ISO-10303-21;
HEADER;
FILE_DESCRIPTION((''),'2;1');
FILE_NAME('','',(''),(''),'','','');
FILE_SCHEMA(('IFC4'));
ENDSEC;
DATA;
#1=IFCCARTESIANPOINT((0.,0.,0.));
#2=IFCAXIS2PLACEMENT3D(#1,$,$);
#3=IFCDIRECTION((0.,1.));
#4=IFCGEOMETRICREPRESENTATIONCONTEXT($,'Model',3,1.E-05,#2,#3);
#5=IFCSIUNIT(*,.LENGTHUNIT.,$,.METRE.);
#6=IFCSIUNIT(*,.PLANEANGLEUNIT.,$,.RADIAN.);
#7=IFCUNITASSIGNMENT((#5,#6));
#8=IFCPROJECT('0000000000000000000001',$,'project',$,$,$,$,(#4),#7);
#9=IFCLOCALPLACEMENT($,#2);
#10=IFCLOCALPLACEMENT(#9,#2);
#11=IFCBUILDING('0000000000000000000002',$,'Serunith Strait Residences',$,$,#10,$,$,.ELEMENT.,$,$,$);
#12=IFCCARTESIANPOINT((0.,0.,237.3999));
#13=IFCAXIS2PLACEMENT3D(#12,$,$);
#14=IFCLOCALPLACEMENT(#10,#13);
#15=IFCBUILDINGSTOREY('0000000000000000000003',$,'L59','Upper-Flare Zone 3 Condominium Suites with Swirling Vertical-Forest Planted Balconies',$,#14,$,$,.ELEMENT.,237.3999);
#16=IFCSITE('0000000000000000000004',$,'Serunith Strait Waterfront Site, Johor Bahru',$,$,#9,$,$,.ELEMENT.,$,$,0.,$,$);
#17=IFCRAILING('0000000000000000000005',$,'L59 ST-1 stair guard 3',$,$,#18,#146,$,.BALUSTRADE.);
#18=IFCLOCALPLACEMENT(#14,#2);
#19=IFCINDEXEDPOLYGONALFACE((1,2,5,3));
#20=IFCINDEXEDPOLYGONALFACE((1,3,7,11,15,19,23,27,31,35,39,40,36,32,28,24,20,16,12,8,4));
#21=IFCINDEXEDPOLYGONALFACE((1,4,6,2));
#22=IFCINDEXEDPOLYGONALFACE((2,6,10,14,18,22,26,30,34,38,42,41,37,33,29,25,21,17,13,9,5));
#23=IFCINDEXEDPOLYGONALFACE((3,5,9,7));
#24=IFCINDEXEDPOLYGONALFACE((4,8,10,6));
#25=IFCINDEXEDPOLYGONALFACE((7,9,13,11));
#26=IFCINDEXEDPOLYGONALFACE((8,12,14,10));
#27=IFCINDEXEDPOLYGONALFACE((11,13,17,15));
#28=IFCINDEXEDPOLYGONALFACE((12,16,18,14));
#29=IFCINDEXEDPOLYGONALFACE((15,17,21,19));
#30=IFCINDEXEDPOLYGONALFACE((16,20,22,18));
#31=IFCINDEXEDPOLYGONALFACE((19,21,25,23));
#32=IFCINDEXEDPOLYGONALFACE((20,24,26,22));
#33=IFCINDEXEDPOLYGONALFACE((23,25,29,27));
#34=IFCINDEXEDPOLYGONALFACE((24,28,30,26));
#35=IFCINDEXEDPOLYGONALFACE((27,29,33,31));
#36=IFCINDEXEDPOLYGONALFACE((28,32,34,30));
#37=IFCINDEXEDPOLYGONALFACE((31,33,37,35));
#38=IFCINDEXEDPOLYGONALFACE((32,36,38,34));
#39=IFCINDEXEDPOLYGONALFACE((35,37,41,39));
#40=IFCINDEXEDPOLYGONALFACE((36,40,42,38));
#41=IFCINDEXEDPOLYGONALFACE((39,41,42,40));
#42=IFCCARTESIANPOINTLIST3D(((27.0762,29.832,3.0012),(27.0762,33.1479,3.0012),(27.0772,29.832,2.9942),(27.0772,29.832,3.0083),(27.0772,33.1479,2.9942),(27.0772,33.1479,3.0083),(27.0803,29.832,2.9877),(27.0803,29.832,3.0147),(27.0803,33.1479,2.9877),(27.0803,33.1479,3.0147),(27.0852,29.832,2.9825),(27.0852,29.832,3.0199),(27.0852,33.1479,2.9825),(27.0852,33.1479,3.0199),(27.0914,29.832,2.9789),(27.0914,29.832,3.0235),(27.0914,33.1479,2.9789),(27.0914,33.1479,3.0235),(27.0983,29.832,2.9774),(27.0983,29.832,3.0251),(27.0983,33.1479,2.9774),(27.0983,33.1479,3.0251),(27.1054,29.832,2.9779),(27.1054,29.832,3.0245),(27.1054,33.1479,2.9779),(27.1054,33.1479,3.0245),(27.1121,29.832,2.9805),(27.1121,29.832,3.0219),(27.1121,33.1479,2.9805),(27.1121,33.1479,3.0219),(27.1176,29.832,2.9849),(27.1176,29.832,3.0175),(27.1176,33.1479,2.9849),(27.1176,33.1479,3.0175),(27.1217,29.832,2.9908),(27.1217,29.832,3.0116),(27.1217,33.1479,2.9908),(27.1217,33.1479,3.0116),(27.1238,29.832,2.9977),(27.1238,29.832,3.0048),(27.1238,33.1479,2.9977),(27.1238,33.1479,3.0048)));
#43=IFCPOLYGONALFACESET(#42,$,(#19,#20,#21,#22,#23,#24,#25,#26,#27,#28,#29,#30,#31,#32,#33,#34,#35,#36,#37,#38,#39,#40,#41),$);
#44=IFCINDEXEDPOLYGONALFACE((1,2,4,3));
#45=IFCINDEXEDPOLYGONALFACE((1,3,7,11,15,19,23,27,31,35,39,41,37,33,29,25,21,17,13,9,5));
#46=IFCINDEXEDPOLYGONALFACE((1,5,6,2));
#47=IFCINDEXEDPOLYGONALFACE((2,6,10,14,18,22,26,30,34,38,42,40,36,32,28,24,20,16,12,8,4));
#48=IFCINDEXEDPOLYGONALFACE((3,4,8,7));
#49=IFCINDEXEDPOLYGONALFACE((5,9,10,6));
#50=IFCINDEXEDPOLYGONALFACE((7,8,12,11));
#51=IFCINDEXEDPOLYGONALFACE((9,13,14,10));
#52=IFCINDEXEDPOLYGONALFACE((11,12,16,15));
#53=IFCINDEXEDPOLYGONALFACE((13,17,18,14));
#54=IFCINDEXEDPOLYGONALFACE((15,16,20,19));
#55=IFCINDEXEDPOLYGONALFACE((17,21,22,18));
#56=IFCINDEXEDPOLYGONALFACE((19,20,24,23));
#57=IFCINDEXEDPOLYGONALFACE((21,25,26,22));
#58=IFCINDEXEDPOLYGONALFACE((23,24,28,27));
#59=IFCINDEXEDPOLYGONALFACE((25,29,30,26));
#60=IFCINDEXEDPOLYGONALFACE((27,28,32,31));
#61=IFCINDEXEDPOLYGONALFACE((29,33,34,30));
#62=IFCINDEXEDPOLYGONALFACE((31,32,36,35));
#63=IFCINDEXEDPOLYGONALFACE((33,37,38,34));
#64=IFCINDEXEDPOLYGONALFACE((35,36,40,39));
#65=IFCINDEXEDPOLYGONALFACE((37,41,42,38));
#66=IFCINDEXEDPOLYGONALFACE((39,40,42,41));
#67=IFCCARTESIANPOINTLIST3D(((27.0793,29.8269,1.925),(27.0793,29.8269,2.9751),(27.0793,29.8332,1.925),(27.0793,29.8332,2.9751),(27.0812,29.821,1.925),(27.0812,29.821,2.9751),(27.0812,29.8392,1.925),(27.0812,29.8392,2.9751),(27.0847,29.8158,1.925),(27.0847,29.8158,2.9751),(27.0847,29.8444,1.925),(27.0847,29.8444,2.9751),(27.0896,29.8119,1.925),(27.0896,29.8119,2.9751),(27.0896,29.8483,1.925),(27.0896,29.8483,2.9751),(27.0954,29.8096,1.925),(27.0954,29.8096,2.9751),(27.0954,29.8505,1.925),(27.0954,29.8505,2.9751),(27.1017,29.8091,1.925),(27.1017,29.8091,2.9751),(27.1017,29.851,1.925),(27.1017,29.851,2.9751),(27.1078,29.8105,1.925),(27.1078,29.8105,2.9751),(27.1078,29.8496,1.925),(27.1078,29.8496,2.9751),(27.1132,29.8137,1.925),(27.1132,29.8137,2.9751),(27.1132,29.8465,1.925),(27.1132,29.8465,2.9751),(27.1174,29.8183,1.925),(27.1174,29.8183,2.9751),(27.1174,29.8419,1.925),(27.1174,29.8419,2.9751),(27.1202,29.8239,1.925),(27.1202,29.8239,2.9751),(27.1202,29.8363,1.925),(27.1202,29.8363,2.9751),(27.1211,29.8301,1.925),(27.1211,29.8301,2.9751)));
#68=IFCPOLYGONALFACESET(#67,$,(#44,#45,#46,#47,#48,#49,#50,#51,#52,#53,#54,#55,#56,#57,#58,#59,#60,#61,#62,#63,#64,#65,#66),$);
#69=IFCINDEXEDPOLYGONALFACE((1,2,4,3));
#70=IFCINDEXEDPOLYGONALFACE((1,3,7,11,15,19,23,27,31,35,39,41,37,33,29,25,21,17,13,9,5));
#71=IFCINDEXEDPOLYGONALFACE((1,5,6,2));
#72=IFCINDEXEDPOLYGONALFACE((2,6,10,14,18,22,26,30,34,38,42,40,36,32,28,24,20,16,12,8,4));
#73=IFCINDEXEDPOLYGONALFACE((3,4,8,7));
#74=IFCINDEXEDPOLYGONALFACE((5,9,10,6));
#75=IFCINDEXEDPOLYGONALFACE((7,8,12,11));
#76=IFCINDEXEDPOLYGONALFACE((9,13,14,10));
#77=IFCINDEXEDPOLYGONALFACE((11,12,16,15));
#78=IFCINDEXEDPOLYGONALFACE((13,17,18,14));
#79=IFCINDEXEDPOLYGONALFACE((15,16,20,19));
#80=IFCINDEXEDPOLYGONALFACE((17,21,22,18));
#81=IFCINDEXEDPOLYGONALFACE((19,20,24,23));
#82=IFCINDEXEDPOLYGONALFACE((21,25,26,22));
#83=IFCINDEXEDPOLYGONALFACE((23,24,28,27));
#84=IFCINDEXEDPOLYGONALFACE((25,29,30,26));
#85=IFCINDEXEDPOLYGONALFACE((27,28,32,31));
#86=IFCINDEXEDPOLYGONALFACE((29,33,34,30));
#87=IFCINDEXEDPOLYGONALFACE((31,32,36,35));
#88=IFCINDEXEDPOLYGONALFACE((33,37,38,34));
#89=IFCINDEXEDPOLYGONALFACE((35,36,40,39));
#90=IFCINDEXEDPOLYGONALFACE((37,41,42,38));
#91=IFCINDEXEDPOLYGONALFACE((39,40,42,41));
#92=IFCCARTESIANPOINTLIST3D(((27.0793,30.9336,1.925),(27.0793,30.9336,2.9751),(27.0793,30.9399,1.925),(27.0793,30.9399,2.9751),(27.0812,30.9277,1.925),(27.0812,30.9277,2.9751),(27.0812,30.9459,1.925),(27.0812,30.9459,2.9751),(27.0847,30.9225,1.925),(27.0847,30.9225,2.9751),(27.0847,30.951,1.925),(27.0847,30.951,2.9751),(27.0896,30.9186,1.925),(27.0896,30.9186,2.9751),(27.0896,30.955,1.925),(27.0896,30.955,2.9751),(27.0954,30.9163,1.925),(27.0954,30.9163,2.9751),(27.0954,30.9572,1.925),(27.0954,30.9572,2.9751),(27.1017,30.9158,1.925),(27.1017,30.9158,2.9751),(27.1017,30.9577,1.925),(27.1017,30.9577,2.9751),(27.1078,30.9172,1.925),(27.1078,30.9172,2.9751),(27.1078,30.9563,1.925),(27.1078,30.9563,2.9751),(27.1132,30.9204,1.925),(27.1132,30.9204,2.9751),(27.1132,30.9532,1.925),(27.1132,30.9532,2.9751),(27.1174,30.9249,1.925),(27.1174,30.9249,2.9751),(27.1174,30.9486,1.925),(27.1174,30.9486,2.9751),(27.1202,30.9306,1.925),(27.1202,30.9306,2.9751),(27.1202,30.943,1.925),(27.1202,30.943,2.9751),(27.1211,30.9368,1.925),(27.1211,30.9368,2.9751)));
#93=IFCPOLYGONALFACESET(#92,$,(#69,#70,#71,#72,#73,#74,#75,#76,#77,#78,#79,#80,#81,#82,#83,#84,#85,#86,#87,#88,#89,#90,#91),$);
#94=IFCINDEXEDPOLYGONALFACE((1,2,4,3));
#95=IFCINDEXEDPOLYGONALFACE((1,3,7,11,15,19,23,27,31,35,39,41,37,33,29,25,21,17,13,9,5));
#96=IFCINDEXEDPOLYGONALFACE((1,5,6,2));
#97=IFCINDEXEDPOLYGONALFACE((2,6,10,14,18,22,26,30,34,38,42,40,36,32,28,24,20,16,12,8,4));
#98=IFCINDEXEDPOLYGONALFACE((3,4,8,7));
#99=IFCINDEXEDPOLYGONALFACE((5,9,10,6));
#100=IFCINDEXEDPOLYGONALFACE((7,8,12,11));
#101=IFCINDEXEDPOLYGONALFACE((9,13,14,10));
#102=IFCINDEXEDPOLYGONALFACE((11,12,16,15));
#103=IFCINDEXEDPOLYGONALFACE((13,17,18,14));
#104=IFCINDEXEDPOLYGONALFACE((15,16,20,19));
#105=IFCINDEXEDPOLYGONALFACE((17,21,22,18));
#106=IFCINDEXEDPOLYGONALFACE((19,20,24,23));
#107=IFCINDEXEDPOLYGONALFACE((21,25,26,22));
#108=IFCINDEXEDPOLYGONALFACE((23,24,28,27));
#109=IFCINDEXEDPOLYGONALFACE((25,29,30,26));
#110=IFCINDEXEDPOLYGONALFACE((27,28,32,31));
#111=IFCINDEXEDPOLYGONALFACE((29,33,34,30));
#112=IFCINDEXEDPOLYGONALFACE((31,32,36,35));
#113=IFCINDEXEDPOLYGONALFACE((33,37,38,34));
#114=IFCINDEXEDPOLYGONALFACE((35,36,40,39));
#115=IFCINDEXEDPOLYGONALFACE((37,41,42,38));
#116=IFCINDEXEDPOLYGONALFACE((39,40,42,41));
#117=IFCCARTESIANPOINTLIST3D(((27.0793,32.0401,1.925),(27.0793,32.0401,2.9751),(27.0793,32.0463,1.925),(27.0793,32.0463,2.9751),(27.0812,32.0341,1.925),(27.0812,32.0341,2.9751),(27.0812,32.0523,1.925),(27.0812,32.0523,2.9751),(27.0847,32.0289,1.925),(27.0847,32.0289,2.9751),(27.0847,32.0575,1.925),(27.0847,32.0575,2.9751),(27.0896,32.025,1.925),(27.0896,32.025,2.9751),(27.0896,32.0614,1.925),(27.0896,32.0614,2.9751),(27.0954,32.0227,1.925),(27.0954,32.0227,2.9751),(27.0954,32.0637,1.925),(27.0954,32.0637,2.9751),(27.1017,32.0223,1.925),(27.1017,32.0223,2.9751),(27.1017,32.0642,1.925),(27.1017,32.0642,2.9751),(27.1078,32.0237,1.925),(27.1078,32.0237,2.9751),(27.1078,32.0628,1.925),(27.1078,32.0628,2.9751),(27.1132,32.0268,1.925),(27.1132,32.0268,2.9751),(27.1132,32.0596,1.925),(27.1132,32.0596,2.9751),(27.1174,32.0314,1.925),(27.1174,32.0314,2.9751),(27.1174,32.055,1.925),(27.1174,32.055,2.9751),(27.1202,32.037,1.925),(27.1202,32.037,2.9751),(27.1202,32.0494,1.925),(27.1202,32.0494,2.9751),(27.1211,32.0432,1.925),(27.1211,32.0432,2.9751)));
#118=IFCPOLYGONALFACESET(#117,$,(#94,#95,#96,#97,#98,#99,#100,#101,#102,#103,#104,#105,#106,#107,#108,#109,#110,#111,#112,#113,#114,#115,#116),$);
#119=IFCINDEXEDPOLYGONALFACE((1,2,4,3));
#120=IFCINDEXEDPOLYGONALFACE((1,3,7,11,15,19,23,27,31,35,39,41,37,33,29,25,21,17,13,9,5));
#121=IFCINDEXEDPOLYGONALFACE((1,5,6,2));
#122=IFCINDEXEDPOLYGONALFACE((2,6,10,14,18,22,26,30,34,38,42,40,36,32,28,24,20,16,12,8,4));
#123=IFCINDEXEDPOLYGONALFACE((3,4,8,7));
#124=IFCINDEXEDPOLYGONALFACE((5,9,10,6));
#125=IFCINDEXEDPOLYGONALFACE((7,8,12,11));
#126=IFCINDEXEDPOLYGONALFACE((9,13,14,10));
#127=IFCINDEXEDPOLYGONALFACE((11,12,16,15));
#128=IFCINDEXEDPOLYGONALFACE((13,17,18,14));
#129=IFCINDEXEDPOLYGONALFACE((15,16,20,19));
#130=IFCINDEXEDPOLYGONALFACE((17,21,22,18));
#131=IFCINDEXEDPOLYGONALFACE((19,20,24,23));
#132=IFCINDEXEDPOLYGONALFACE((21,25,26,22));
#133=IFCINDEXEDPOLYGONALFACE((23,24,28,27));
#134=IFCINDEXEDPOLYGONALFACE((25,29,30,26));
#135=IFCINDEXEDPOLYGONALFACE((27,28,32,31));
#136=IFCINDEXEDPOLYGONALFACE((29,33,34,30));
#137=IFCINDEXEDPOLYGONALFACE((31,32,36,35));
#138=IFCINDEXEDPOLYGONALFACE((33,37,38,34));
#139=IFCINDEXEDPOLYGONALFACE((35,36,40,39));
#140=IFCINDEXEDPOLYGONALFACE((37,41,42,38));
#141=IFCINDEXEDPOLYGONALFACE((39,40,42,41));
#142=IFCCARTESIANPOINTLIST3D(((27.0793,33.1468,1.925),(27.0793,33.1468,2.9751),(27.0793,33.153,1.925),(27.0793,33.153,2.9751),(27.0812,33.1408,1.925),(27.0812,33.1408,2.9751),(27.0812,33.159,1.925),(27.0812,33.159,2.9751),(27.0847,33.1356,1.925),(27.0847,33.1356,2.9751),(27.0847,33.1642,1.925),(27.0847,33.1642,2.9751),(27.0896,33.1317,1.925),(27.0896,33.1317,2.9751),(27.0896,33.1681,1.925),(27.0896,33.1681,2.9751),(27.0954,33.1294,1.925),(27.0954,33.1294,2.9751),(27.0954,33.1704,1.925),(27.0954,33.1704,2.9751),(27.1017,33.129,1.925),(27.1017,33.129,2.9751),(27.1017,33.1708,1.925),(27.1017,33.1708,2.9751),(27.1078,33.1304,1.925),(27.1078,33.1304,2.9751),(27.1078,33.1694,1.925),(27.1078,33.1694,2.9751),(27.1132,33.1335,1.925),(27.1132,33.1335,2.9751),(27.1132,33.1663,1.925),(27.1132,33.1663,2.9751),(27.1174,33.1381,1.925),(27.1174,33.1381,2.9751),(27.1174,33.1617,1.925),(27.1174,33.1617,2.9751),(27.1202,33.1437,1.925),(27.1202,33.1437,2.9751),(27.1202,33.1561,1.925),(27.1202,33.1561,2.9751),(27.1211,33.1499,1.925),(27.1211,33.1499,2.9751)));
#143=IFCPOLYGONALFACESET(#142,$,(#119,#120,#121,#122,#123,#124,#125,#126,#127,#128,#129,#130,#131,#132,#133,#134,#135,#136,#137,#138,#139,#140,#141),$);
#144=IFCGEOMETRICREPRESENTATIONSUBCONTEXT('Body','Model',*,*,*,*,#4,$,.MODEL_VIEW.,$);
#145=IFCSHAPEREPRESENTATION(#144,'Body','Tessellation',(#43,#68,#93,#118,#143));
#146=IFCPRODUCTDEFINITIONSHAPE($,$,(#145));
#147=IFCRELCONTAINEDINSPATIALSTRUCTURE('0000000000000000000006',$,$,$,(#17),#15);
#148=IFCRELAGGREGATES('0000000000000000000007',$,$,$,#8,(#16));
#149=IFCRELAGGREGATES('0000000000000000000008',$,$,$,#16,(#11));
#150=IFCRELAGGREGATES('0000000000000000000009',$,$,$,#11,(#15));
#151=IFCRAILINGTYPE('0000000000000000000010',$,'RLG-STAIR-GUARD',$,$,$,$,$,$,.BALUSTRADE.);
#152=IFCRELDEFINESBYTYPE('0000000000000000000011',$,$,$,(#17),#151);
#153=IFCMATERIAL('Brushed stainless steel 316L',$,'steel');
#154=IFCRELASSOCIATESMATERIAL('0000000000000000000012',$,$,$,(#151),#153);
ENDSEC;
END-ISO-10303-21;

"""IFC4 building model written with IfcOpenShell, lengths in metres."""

from ifc_helpers import new_model, si_unit, direction, frame, origin, origin_2d, place, context, subcontext, project, spatial, circle, extrude, material, type_object, element, save


model = new_model("IFC4")

# Units and contexts
model_context = context("Model", 3, precision=1e-05, world=origin(), true_north=direction((0.0, 1.0)))
body_context = subcontext(model_context, "Body", "Model", "MODEL_VIEW")
ifc_project = project(units=[si_unit("LENGTHUNIT", "METRE"), si_unit("PLANEANGLEUNIT", "RADIAN")], contexts=[model_context])

# Site, building, storey
site_placement = place(None, origin())
site = spatial("IfcSite", under=ifc_project, at=site_placement, Name="Serunith Strait Waterfront Site, Johor Bahru", CompositionType="ELEMENT", RefElevation=0.0)
building_placement = place(site_placement, origin())
building = spatial("IfcBuilding", under=site, at=building_placement, Name="Serunith Strait Residences", CompositionType="ELEMENT")
storey_placement = place(building_placement, frame((0.0, 0.0, 237.3999)))
storey = spatial("IfcBuildingStorey", under=building, at=storey_placement, Name="L59", Description="Upper-Flare Zone 3 Condominium Suites with Swirling Vertical-Forest Planted Balconies", CompositionType="ELEMENT", Elevation=237.3999)

# Railing
ifc_material_1 = material(Name="Brushed stainless steel 316L", Category="steel")
railing_type_1 = type_object("IfcRailingType", Name="RLG-STAIR-GUARD", PredefinedType="BALUSTRADE", material=ifc_material_1)
for number, where, name in (
    (1, (27.1001, 29.8301, 1.925), "L59 ST-1 stair guard 3"),
):
    element("IfcRailing", number, at=place(storey_placement, frame(where)), inside=storey, type_object=railing_type_1, Name=name, PredefinedType="BALUSTRADE", context=body_context, shape_type="SweptSolid", body=[
        extrude(circle(Radius=0.0239, at=origin_2d()), frame((0.0, 0.002, 1.0762), z_axis=(0.0, 1.0, 0.0), x_axis=(-1.0, 0.0, 0.0)), (0.0, 0.0, 1.0), 3.3159),
        extrude(circle(Radius=0.021, at=origin_2d()), origin(), (0.0, 0.0, 1.0), 1.05),
        extrude(circle(Radius=0.021, at=origin_2d()), frame((0.0, 1.1067, 0.0)), (0.0, 0.0, 1.0), 1.05),
        extrude(circle(Radius=0.021, at=origin_2d()), frame((0.0, 2.2131, 0.0)), (0.0, 0.0, 1.0), 1.05),
        extrude(circle(Radius=0.021, at=origin_2d()), frame((0.0, 3.3198, 0.0)), (0.0, 0.0, 1.0), 1.05),
    ])

save(model, "model.ifc")
